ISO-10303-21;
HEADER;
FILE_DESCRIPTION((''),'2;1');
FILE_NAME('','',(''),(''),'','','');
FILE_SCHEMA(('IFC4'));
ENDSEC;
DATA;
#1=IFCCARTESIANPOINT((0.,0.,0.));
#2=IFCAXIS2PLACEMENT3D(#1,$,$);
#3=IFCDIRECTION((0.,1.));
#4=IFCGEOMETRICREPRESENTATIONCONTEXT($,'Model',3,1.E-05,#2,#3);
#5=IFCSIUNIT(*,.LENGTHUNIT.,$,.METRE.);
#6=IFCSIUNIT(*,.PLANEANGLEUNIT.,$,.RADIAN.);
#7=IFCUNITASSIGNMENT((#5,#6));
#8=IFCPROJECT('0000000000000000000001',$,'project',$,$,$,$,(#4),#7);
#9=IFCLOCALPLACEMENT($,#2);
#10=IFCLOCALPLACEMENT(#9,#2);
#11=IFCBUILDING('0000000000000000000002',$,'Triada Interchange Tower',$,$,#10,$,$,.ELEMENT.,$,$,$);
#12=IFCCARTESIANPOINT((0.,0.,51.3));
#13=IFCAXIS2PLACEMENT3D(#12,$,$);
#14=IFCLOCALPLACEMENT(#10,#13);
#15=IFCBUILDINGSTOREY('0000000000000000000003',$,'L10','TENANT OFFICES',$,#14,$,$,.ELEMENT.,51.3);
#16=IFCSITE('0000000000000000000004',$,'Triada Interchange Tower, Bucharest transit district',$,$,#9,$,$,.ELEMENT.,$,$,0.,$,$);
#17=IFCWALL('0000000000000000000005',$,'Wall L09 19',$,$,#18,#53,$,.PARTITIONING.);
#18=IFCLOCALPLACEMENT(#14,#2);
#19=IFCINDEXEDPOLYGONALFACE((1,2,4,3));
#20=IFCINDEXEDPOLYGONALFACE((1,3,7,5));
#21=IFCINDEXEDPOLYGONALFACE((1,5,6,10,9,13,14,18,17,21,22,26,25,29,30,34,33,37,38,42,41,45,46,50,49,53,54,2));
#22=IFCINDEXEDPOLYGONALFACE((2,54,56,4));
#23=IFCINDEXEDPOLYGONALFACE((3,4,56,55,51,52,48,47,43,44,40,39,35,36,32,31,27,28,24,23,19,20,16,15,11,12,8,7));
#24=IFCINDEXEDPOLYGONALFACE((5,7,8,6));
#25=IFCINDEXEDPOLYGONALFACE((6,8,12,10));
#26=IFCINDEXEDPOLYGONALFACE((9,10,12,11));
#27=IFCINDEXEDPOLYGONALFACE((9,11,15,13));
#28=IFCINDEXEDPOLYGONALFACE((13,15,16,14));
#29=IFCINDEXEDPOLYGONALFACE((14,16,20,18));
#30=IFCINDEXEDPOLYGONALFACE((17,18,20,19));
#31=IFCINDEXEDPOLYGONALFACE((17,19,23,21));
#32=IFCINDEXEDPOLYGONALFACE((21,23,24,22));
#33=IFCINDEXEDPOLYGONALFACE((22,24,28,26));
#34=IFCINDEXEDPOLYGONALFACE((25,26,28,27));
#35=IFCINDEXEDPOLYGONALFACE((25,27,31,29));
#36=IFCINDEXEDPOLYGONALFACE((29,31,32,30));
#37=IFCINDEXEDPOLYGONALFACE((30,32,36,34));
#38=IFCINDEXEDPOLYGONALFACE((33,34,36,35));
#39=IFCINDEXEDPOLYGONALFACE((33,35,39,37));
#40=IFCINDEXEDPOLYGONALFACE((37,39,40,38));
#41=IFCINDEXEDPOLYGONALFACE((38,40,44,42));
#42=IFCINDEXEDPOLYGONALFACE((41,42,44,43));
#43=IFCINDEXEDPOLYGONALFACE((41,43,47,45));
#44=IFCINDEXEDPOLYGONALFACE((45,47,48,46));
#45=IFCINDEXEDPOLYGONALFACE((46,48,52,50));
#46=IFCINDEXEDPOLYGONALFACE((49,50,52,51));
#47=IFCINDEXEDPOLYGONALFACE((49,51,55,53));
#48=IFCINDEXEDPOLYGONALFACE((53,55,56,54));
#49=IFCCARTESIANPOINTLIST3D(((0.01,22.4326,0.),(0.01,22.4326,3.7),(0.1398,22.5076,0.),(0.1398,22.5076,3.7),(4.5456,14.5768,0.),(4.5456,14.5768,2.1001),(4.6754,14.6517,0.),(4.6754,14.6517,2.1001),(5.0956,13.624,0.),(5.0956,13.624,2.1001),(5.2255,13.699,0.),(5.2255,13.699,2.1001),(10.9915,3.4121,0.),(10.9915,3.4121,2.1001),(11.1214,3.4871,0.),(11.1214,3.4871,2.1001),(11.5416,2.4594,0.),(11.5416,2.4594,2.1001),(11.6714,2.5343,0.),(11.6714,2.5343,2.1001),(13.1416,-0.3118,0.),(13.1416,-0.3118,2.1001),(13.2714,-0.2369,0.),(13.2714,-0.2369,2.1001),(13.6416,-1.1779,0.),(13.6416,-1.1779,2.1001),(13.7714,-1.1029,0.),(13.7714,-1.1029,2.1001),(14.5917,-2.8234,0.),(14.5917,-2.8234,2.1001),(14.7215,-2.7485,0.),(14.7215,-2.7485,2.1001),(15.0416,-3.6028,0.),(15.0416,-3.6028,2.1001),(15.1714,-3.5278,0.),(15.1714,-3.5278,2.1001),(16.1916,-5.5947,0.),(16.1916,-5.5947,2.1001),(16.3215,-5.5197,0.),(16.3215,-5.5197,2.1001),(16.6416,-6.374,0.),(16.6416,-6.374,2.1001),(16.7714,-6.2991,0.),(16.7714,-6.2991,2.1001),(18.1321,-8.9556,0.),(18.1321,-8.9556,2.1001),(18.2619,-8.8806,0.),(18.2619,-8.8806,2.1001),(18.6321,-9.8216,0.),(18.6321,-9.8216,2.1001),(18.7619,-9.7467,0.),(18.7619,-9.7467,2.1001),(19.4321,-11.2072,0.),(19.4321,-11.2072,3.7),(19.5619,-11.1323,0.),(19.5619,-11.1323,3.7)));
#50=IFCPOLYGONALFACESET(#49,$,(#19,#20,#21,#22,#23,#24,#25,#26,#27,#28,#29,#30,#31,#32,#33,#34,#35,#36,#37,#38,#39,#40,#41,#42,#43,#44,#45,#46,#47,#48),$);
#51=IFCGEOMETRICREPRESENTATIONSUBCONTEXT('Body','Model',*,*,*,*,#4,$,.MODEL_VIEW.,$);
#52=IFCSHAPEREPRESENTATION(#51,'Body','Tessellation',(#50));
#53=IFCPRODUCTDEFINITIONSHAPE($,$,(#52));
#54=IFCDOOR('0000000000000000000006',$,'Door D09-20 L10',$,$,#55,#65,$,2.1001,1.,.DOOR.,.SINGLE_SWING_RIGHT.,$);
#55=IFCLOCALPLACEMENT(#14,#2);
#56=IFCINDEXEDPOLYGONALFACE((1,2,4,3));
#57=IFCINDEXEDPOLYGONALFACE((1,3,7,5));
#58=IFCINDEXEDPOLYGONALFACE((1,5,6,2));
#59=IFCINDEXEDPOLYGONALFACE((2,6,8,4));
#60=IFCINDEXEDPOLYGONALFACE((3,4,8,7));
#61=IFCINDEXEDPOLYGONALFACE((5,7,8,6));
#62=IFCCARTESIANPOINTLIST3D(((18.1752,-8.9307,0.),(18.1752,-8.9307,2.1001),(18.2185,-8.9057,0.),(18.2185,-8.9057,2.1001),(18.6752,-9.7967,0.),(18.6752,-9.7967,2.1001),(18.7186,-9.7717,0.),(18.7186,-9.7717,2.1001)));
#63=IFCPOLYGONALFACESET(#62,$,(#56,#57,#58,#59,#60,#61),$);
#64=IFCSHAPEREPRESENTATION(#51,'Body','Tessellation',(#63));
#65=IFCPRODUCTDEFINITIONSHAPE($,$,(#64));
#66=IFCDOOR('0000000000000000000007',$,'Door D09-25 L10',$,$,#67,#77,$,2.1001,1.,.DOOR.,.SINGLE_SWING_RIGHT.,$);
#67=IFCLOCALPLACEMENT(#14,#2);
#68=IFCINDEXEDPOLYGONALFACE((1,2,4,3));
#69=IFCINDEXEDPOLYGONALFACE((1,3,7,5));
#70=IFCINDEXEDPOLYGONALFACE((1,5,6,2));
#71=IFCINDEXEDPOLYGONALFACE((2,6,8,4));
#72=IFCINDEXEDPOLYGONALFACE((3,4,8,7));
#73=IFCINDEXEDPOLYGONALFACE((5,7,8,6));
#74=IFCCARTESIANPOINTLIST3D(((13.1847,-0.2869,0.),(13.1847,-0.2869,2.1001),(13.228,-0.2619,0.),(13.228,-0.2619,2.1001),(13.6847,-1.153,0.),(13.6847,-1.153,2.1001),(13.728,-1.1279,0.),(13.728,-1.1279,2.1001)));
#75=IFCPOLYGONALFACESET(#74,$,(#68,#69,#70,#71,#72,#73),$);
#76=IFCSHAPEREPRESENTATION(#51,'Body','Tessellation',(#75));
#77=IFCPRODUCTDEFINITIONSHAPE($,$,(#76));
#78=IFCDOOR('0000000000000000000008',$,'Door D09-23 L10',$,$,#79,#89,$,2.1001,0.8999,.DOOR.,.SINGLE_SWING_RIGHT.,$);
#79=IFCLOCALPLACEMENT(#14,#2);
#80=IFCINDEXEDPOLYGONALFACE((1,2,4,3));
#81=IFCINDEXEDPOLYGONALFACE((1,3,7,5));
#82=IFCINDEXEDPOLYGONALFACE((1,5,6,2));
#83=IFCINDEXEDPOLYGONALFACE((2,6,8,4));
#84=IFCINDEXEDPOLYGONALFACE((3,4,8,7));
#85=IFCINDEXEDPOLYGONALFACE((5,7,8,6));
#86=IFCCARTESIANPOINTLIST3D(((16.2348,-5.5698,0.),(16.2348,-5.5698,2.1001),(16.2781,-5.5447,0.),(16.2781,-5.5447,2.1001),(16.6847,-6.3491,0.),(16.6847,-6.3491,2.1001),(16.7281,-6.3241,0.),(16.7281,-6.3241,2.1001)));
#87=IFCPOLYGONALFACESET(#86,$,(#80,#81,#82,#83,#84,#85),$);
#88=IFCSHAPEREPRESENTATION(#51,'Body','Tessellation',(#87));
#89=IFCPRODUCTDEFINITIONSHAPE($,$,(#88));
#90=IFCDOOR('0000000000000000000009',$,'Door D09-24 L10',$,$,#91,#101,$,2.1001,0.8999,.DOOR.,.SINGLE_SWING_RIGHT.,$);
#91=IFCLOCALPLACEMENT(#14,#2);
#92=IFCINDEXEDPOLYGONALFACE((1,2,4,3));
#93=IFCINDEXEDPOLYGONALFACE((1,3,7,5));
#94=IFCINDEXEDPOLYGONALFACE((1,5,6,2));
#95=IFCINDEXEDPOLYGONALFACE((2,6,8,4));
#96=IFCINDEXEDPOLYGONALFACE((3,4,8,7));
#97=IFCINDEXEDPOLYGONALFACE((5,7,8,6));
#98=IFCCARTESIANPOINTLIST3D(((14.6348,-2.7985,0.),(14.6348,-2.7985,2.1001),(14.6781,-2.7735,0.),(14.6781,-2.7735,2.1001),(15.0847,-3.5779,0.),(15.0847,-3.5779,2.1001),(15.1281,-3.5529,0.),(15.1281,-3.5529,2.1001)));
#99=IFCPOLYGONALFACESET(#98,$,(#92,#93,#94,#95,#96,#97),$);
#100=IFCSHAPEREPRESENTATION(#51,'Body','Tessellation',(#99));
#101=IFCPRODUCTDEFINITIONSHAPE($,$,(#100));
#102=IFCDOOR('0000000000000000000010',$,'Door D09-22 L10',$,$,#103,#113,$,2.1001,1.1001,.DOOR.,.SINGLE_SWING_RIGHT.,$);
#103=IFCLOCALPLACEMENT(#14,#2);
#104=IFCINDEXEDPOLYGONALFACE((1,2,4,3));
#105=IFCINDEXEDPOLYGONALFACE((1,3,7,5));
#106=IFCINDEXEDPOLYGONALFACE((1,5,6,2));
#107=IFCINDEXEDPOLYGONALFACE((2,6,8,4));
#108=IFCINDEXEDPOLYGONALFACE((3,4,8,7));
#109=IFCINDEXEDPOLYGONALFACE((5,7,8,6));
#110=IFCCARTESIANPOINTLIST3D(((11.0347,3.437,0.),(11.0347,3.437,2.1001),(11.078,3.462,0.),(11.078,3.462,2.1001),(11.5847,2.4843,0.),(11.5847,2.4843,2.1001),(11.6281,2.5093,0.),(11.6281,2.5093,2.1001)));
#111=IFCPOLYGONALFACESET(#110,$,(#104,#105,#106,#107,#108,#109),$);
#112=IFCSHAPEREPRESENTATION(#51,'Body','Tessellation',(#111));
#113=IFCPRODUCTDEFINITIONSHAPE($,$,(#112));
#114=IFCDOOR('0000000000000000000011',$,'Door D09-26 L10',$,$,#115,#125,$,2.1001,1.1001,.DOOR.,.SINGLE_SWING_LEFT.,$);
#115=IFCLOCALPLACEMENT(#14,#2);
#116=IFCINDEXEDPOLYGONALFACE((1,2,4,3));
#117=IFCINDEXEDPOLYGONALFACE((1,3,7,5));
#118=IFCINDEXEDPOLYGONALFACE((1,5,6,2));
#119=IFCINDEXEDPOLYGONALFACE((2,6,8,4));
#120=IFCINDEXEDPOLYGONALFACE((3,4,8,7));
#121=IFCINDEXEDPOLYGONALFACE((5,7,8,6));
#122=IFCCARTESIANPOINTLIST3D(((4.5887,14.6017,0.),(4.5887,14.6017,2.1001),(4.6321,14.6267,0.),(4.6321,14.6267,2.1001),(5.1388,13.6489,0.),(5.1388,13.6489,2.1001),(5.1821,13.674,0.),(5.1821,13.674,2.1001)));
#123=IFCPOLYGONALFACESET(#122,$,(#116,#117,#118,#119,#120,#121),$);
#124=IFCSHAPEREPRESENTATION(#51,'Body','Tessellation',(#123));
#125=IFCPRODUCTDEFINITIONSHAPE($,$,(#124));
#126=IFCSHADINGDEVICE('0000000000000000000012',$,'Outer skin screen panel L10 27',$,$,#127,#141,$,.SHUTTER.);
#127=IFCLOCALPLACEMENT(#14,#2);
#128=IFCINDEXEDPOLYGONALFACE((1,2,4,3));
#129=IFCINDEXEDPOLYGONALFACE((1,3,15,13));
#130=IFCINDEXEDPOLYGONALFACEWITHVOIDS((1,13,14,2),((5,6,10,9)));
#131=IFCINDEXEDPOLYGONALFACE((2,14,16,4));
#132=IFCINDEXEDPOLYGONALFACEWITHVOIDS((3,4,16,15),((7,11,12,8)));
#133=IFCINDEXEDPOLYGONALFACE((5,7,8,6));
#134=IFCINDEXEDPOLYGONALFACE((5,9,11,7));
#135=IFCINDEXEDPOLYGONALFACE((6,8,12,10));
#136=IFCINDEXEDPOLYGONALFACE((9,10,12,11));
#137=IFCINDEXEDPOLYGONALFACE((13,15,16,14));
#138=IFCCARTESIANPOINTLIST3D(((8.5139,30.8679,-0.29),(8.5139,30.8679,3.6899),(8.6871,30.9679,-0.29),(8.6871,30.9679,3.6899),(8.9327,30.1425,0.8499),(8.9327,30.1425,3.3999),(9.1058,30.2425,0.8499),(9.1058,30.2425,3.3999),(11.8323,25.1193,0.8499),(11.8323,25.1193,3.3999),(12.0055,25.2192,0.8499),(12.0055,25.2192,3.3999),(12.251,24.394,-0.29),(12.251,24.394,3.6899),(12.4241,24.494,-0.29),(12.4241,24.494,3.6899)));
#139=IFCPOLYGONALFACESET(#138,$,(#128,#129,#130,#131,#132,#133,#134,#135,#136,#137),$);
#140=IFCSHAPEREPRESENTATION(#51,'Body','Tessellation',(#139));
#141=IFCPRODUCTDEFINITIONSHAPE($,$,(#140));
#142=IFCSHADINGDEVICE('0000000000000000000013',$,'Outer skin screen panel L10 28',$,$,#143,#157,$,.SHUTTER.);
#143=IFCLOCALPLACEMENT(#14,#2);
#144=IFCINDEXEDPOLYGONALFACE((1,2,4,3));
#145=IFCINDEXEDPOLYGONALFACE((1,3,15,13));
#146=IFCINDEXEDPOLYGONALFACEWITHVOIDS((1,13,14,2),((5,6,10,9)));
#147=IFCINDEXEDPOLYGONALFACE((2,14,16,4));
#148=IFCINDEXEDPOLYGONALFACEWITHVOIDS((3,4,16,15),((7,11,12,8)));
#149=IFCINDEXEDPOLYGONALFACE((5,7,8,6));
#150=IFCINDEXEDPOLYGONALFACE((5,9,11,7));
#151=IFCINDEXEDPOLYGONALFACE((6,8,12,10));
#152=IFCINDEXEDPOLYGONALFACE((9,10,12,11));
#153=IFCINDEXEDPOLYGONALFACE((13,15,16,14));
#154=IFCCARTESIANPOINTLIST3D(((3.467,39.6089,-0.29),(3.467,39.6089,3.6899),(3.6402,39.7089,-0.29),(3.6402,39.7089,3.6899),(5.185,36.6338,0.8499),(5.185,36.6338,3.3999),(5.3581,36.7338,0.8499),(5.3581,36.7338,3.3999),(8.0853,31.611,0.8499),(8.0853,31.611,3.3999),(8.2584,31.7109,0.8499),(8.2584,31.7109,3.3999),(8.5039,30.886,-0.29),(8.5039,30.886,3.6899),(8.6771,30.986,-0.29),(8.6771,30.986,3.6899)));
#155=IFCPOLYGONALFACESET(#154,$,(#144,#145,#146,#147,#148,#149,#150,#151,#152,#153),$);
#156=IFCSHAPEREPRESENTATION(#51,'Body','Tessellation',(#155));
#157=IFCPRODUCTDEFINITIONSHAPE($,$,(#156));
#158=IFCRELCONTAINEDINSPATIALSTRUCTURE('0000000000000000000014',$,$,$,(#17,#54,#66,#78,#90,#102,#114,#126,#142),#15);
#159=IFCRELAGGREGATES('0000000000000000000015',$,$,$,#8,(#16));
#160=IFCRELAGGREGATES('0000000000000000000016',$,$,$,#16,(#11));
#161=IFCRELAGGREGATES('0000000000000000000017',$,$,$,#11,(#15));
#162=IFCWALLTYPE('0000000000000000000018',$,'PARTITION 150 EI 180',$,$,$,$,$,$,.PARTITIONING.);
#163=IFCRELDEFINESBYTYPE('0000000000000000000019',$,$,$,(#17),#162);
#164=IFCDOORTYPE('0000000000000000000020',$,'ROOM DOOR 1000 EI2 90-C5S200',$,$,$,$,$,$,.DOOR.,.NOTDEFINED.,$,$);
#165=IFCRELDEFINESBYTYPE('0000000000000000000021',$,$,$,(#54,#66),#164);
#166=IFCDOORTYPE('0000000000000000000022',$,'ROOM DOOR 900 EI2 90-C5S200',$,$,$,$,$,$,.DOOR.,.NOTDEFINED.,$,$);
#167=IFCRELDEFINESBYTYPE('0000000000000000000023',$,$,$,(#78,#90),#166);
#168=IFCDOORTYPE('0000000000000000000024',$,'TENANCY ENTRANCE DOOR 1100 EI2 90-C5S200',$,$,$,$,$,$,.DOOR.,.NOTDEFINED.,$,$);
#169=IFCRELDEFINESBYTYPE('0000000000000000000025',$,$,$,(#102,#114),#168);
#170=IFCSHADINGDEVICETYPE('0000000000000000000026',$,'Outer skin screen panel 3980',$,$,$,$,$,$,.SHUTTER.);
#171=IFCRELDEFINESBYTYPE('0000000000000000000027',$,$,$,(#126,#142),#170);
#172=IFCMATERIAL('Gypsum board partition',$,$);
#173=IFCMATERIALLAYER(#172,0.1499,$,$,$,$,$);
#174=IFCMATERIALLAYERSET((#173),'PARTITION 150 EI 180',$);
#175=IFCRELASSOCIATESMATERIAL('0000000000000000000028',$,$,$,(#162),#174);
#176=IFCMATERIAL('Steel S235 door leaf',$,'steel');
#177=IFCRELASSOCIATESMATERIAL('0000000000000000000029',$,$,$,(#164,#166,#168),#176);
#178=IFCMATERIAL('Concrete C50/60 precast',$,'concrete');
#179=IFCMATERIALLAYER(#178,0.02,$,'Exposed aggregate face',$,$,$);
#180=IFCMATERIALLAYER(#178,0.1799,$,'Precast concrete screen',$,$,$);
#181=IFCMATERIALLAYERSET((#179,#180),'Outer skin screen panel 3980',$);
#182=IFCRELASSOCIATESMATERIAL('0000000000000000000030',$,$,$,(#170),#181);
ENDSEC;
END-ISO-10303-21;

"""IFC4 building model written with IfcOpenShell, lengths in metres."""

from ifc_helpers import new_model, si_unit, direction, frame, frame_2d, origin, place, context, subcontext, project, spatial, polyline, rectangle, outline, extrude, material, layer, layer_set, type_object, element, fill, save


model = new_model("IFC4")

# Units and contexts
model_context = context("Model", 3, precision=1e-05, world=origin(), true_north=direction((0.0, 1.0)))
body_context = subcontext(model_context, "Body", "Model", "MODEL_VIEW")
ifc_project = project(units=[si_unit("LENGTHUNIT", "METRE"), si_unit("PLANEANGLEUNIT", "RADIAN")], contexts=[model_context])

# Site, building, storey
site_placement = place(None, origin())
site = spatial("IfcSite", under=ifc_project, at=site_placement, Name="Triada Interchange Tower, Bucharest transit district", CompositionType="ELEMENT", RefElevation=0.0)
building_placement = place(site_placement, origin())
building = spatial("IfcBuilding", under=site, at=building_placement, Name="Triada Interchange Tower", CompositionType="ELEMENT")
storey_placement = place(building_placement, frame((0.0, 0.0, 51.3)))
storey = spatial("IfcBuildingStorey", under=building, at=storey_placement, Name="L10", Description="TENANT OFFICES", CompositionType="ELEMENT", Elevation=51.3)

# Shared definitions
ifc_material_1 = material(Name="Gypsum board partition")
ifc_layer_1 = layer(ifc_material_1, 0.1499)
ifc_layer_set_1 = layer_set([ifc_layer_1], Name="PARTITION 150 EI 180")
wall_type_1 = type_object("IfcWallType", Name="PARTITION 150 EI 180", PredefinedType="PARTITIONING", material=ifc_layer_set_1)

# Wall, openings, doors
wall_1_placement = place(storey_placement, frame((0.075, 22.47, 0.0), z_axis=(0.0, 0.0, 1.0), x_axis=(0.500002, -0.866024, 0.0)))
wall_1 = element("IfcWall", 1, at=wall_1_placement, inside=storey, type_object=wall_type_1, Name="Wall L09 19", PredefinedType="PARTITIONING", context=body_context, shape_type="SweptSolid", body=[
    extrude(rectangle(XDim=38.844, YDim=0.1499, at=frame_2d((19.4219, 0.0))), origin(), (0.0, 0.0, 1.0), 3.7),
])
opening_1_placement = place(wall_1_placement, frame((36.2439, 0.0, 0.0)))
opening_1 = element("IfcOpeningElement", 2, at=opening_1_placement, cuts=wall_1, PredefinedType="OPENING", context=body_context, shape_type="SweptSolid", body=[
    extrude(rectangle(XDim=1.0, YDim=2.1001, at=frame_2d((0.5, 1.05))), frame((0.0, 0.085, 0.0), z_axis=(0.0, -1.0, 0.0), x_axis=(1.0, 0.0, 0.0)), (0.0, 0.0, 1.0), 0.1699),
])
opening_2_placement = place(wall_1_placement, frame((21.9629, 0.0, 0.0)))
opening_2 = element("IfcOpeningElement", 3, at=opening_2_placement, cuts=wall_1, PredefinedType="OPENING", context=body_context, shape_type="SweptSolid", body=[
    extrude(rectangle(XDim=1.1001, YDim=2.1001, at=frame_2d((0.55, 1.05))), frame((0.0, 0.085, 0.0), z_axis=(0.0, -1.0, 0.0), x_axis=(1.0, 0.0, 0.0)), (0.0, 0.0, 1.0), 0.1699),
])
opening_3_placement = place(wall_1_placement, frame((32.363, 0.0, 0.0)))
opening_3 = element("IfcOpeningElement", 4, at=opening_3_placement, cuts=wall_1, PredefinedType="OPENING", context=body_context, shape_type="SweptSolid", body=[
    extrude(rectangle(XDim=0.8999, YDim=2.1001, at=frame_2d((0.45, 1.05))), frame((0.0, 0.085, 0.0), z_axis=(0.0, -1.0, 0.0), x_axis=(1.0, 0.0, 0.0)), (0.0, 0.0, 1.0), 0.1699),
])
opening_4_placement = place(wall_1_placement, frame((29.1631, 0.0, 0.0)))
opening_4 = element("IfcOpeningElement", 5, at=opening_4_placement, cuts=wall_1, PredefinedType="OPENING", context=body_context, shape_type="SweptSolid", body=[
    extrude(rectangle(XDim=0.8999, YDim=2.1001, at=frame_2d((0.45, 1.05))), frame((0.0, 0.085, 0.0), z_axis=(0.0, -1.0, 0.0), x_axis=(1.0, 0.0, 0.0)), (0.0, 0.0, 1.0), 0.1699),
])
opening_5_placement = place(wall_1_placement, frame((26.2629, 0.0, 0.0)))
opening_5 = element("IfcOpeningElement", 6, at=opening_5_placement, cuts=wall_1, PredefinedType="OPENING", context=body_context, shape_type="SweptSolid", body=[
    extrude(rectangle(XDim=1.0, YDim=2.1001, at=frame_2d((0.5, 1.05))), frame((0.0, 0.085, 0.0), z_axis=(0.0, -1.0, 0.0), x_axis=(1.0, 0.0, 0.0)), (0.0, 0.0, 1.0), 0.1699),
])
opening_6_placement = place(wall_1_placement, frame((9.071, 0.0, 0.0)))
opening_6 = element("IfcOpeningElement", 7, at=opening_6_placement, cuts=wall_1, PredefinedType="OPENING", context=body_context, shape_type="SweptSolid", body=[
    extrude(rectangle(XDim=1.1001, YDim=2.1001, at=frame_2d((0.55, 1.05))), frame((0.0, 0.085, 0.0), z_axis=(0.0, -1.0, 0.0), x_axis=(1.0, 0.0, 0.0)), (0.0, 0.0, 1.0), 0.1699),
])
ifc_material_2 = material(Name="Steel S235 door leaf", Category="steel")
door_type_1 = type_object("IfcDoorType", Name="ROOM DOOR 1000 EI2 90-C5S200", OperationType="NOTDEFINED", PredefinedType="DOOR", material=ifc_material_2)
door_1_placement = place(opening_1_placement, origin())
door_1 = element("IfcDoor", 8, at=door_1_placement, inside=storey, type_object=door_type_1, Name="Door D09-20 L10", OperationType="SINGLE_SWING_RIGHT", OverallHeight=2.1001, OverallWidth=1.0, PredefinedType="DOOR", context=body_context, shape_type="SweptSolid", body=[
    extrude(rectangle(XDim=1.0, YDim=2.1001, at=frame_2d((0.5, 1.05))), frame((0.0, 0.0249, 0.0), z_axis=(0.0, -1.0, 0.0), x_axis=(1.0, 0.0, 0.0)), (0.0, 0.0, 1.0), 0.05),
])
fill(opening_1, door_1)
door_2_placement = place(opening_5_placement, origin())
door_2 = element("IfcDoor", 9, at=door_2_placement, inside=storey, type_object=door_type_1, Name="Door D09-25 L10", OperationType="SINGLE_SWING_RIGHT", OverallHeight=2.1001, OverallWidth=1.0, PredefinedType="DOOR", context=body_context, shape_type="SweptSolid", body=[
    extrude(rectangle(XDim=1.0, YDim=2.1001, at=frame_2d((0.5, 1.05))), frame((0.0, 0.0249, 0.0), z_axis=(0.0, -1.0, 0.0), x_axis=(1.0, 0.0, 0.0)), (0.0, 0.0, 1.0), 0.05),
])
fill(opening_5, door_2)
door_type_2 = type_object("IfcDoorType", Name="ROOM DOOR 900 EI2 90-C5S200", OperationType="NOTDEFINED", PredefinedType="DOOR", material=ifc_material_2)
door_3_placement = place(opening_3_placement, origin())
door_3 = element("IfcDoor", 10, at=door_3_placement, inside=storey, type_object=door_type_2, Name="Door D09-23 L10", OperationType="SINGLE_SWING_RIGHT", OverallHeight=2.1001, OverallWidth=0.8999, PredefinedType="DOOR", context=body_context, shape_type="SweptSolid", body=[
    extrude(rectangle(XDim=0.8999, YDim=2.1001, at=frame_2d((0.45, 1.05))), frame((0.0, 0.0249, 0.0), z_axis=(0.0, -1.0, 0.0), x_axis=(1.0, 0.0, 0.0)), (0.0, 0.0, 1.0), 0.05),
])
fill(opening_3, door_3)
door_4_placement = place(opening_4_placement, origin())
door_4 = element("IfcDoor", 11, at=door_4_placement, inside=storey, type_object=door_type_2, Name="Door D09-24 L10", OperationType="SINGLE_SWING_RIGHT", OverallHeight=2.1001, OverallWidth=0.8999, PredefinedType="DOOR", context=body_context, shape_type="SweptSolid", body=[
    extrude(rectangle(XDim=0.8999, YDim=2.1001, at=frame_2d((0.45, 1.05))), frame((0.0, 0.0249, 0.0), z_axis=(0.0, -1.0, 0.0), x_axis=(1.0, 0.0, 0.0)), (0.0, 0.0, 1.0), 0.05),
])
fill(opening_4, door_4)
door_type_3 = type_object("IfcDoorType", Name="TENANCY ENTRANCE DOOR 1100 EI2 90-C5S200", OperationType="NOTDEFINED", PredefinedType="DOOR", material=ifc_material_2)
door_5_placement = place(opening_2_placement, origin())
door_5 = element("IfcDoor", 12, at=door_5_placement, inside=storey, type_object=door_type_3, Name="Door D09-22 L10", OperationType="SINGLE_SWING_RIGHT", OverallHeight=2.1001, OverallWidth=1.1001, PredefinedType="DOOR", context=body_context, shape_type="SweptSolid", body=[
    extrude(rectangle(XDim=1.1001, YDim=2.1001, at=frame_2d((0.55, 1.05))), frame((0.0, 0.0249, 0.0), z_axis=(0.0, -1.0, 0.0), x_axis=(1.0, 0.0, 0.0)), (0.0, 0.0, 1.0), 0.05),
])
fill(opening_2, door_5)
door_6_placement = place(opening_6_placement, origin())
door_6 = element("IfcDoor", 13, at=door_6_placement, inside=storey, type_object=door_type_3, Name="Door D09-26 L10", OperationType="SINGLE_SWING_LEFT", OverallHeight=2.1001, OverallWidth=1.1001, PredefinedType="DOOR", context=body_context, shape_type="SweptSolid", body=[
    extrude(rectangle(XDim=1.1001, YDim=2.1001, at=frame_2d((0.55, 1.05))), frame((0.0, 0.0249, 0.0), z_axis=(0.0, -1.0, 0.0), x_axis=(1.0, 0.0, 0.0)), (0.0, 0.0, 1.0), 0.05),
])
fill(opening_6, door_6)

# Shading devices
ifc_material_3 = material(Name="Concrete C50/60 precast", Category="concrete")
ifc_layer_2 = layer(ifc_material_3, 0.02, Name="Exposed aggregate face")
ifc_layer_3 = layer(ifc_material_3, 0.1799, Name="Precast concrete screen")
ifc_layer_set_2 = layer_set([ifc_layer_2, ifc_layer_3], Name="Outer skin screen panel 3980")
shading_device_type = type_object("IfcShadingDeviceType", Name="Outer skin screen panel 3980", PredefinedType="SHUTTER", material=ifc_layer_set_2)
shading_device_1_placement = place(storey_placement, frame((12.251, 24.394, -0.29), z_axis=(0.0, 0.0, 1.0), x_axis=(-0.499936, 0.866062, 0.0)))
element("IfcShadingDevice", 14, at=shading_device_1_placement, inside=storey, type_object=shading_device_type, Name="Outer skin screen panel L10 27", PredefinedType="SHUTTER", context=body_context, shape_type="SweptSolid", body=[
    extrude(outline(polyline([(0.0, 0.0), (7.4751, 0.0), (7.4751, 3.98), (0.0, 3.98), (0.0, 0.0)]), holes=[polyline([(0.8374, 1.1399), (0.8374, 3.6899), (6.6375, 3.6899), (6.6375, 1.1399), (0.8374, 1.1399)])]), frame((0.0, 0.0, 0.0), z_axis=(0.0, -1.0, 0.0), x_axis=(1.0, 0.0, 0.0)), (0.0, 0.0, 1.0), 0.2),
])
shading_device_2_placement = place(storey_placement, frame((8.5039, 30.886, -0.29), z_axis=(0.0, 0.0, 1.0), x_axis=(-0.500052, 0.865995, 0.0)))
element("IfcShadingDevice", 15, at=shading_device_2_placement, inside=storey, type_object=shading_device_type, Name="Outer skin screen panel L10 28", PredefinedType="SHUTTER", context=body_context, shape_type="SweptSolid", body=[
    extrude(outline(polyline([(0.0, 0.0), (10.0728, 0.0), (10.0728, 3.98), (0.0, 3.98), (0.0, 0.0)]), holes=[polyline([(0.8372, 1.1399), (0.8372, 3.6899), (6.6372, 3.6899), (6.6372, 1.1399), (0.8372, 1.1399)])]), frame((0.0, 0.0, 0.0), z_axis=(0.0, -1.0, 0.0), x_axis=(1.0, 0.0, 0.0)), (0.0, 0.0, 1.0), 0.2),
])

save(model, "model.ifc")
